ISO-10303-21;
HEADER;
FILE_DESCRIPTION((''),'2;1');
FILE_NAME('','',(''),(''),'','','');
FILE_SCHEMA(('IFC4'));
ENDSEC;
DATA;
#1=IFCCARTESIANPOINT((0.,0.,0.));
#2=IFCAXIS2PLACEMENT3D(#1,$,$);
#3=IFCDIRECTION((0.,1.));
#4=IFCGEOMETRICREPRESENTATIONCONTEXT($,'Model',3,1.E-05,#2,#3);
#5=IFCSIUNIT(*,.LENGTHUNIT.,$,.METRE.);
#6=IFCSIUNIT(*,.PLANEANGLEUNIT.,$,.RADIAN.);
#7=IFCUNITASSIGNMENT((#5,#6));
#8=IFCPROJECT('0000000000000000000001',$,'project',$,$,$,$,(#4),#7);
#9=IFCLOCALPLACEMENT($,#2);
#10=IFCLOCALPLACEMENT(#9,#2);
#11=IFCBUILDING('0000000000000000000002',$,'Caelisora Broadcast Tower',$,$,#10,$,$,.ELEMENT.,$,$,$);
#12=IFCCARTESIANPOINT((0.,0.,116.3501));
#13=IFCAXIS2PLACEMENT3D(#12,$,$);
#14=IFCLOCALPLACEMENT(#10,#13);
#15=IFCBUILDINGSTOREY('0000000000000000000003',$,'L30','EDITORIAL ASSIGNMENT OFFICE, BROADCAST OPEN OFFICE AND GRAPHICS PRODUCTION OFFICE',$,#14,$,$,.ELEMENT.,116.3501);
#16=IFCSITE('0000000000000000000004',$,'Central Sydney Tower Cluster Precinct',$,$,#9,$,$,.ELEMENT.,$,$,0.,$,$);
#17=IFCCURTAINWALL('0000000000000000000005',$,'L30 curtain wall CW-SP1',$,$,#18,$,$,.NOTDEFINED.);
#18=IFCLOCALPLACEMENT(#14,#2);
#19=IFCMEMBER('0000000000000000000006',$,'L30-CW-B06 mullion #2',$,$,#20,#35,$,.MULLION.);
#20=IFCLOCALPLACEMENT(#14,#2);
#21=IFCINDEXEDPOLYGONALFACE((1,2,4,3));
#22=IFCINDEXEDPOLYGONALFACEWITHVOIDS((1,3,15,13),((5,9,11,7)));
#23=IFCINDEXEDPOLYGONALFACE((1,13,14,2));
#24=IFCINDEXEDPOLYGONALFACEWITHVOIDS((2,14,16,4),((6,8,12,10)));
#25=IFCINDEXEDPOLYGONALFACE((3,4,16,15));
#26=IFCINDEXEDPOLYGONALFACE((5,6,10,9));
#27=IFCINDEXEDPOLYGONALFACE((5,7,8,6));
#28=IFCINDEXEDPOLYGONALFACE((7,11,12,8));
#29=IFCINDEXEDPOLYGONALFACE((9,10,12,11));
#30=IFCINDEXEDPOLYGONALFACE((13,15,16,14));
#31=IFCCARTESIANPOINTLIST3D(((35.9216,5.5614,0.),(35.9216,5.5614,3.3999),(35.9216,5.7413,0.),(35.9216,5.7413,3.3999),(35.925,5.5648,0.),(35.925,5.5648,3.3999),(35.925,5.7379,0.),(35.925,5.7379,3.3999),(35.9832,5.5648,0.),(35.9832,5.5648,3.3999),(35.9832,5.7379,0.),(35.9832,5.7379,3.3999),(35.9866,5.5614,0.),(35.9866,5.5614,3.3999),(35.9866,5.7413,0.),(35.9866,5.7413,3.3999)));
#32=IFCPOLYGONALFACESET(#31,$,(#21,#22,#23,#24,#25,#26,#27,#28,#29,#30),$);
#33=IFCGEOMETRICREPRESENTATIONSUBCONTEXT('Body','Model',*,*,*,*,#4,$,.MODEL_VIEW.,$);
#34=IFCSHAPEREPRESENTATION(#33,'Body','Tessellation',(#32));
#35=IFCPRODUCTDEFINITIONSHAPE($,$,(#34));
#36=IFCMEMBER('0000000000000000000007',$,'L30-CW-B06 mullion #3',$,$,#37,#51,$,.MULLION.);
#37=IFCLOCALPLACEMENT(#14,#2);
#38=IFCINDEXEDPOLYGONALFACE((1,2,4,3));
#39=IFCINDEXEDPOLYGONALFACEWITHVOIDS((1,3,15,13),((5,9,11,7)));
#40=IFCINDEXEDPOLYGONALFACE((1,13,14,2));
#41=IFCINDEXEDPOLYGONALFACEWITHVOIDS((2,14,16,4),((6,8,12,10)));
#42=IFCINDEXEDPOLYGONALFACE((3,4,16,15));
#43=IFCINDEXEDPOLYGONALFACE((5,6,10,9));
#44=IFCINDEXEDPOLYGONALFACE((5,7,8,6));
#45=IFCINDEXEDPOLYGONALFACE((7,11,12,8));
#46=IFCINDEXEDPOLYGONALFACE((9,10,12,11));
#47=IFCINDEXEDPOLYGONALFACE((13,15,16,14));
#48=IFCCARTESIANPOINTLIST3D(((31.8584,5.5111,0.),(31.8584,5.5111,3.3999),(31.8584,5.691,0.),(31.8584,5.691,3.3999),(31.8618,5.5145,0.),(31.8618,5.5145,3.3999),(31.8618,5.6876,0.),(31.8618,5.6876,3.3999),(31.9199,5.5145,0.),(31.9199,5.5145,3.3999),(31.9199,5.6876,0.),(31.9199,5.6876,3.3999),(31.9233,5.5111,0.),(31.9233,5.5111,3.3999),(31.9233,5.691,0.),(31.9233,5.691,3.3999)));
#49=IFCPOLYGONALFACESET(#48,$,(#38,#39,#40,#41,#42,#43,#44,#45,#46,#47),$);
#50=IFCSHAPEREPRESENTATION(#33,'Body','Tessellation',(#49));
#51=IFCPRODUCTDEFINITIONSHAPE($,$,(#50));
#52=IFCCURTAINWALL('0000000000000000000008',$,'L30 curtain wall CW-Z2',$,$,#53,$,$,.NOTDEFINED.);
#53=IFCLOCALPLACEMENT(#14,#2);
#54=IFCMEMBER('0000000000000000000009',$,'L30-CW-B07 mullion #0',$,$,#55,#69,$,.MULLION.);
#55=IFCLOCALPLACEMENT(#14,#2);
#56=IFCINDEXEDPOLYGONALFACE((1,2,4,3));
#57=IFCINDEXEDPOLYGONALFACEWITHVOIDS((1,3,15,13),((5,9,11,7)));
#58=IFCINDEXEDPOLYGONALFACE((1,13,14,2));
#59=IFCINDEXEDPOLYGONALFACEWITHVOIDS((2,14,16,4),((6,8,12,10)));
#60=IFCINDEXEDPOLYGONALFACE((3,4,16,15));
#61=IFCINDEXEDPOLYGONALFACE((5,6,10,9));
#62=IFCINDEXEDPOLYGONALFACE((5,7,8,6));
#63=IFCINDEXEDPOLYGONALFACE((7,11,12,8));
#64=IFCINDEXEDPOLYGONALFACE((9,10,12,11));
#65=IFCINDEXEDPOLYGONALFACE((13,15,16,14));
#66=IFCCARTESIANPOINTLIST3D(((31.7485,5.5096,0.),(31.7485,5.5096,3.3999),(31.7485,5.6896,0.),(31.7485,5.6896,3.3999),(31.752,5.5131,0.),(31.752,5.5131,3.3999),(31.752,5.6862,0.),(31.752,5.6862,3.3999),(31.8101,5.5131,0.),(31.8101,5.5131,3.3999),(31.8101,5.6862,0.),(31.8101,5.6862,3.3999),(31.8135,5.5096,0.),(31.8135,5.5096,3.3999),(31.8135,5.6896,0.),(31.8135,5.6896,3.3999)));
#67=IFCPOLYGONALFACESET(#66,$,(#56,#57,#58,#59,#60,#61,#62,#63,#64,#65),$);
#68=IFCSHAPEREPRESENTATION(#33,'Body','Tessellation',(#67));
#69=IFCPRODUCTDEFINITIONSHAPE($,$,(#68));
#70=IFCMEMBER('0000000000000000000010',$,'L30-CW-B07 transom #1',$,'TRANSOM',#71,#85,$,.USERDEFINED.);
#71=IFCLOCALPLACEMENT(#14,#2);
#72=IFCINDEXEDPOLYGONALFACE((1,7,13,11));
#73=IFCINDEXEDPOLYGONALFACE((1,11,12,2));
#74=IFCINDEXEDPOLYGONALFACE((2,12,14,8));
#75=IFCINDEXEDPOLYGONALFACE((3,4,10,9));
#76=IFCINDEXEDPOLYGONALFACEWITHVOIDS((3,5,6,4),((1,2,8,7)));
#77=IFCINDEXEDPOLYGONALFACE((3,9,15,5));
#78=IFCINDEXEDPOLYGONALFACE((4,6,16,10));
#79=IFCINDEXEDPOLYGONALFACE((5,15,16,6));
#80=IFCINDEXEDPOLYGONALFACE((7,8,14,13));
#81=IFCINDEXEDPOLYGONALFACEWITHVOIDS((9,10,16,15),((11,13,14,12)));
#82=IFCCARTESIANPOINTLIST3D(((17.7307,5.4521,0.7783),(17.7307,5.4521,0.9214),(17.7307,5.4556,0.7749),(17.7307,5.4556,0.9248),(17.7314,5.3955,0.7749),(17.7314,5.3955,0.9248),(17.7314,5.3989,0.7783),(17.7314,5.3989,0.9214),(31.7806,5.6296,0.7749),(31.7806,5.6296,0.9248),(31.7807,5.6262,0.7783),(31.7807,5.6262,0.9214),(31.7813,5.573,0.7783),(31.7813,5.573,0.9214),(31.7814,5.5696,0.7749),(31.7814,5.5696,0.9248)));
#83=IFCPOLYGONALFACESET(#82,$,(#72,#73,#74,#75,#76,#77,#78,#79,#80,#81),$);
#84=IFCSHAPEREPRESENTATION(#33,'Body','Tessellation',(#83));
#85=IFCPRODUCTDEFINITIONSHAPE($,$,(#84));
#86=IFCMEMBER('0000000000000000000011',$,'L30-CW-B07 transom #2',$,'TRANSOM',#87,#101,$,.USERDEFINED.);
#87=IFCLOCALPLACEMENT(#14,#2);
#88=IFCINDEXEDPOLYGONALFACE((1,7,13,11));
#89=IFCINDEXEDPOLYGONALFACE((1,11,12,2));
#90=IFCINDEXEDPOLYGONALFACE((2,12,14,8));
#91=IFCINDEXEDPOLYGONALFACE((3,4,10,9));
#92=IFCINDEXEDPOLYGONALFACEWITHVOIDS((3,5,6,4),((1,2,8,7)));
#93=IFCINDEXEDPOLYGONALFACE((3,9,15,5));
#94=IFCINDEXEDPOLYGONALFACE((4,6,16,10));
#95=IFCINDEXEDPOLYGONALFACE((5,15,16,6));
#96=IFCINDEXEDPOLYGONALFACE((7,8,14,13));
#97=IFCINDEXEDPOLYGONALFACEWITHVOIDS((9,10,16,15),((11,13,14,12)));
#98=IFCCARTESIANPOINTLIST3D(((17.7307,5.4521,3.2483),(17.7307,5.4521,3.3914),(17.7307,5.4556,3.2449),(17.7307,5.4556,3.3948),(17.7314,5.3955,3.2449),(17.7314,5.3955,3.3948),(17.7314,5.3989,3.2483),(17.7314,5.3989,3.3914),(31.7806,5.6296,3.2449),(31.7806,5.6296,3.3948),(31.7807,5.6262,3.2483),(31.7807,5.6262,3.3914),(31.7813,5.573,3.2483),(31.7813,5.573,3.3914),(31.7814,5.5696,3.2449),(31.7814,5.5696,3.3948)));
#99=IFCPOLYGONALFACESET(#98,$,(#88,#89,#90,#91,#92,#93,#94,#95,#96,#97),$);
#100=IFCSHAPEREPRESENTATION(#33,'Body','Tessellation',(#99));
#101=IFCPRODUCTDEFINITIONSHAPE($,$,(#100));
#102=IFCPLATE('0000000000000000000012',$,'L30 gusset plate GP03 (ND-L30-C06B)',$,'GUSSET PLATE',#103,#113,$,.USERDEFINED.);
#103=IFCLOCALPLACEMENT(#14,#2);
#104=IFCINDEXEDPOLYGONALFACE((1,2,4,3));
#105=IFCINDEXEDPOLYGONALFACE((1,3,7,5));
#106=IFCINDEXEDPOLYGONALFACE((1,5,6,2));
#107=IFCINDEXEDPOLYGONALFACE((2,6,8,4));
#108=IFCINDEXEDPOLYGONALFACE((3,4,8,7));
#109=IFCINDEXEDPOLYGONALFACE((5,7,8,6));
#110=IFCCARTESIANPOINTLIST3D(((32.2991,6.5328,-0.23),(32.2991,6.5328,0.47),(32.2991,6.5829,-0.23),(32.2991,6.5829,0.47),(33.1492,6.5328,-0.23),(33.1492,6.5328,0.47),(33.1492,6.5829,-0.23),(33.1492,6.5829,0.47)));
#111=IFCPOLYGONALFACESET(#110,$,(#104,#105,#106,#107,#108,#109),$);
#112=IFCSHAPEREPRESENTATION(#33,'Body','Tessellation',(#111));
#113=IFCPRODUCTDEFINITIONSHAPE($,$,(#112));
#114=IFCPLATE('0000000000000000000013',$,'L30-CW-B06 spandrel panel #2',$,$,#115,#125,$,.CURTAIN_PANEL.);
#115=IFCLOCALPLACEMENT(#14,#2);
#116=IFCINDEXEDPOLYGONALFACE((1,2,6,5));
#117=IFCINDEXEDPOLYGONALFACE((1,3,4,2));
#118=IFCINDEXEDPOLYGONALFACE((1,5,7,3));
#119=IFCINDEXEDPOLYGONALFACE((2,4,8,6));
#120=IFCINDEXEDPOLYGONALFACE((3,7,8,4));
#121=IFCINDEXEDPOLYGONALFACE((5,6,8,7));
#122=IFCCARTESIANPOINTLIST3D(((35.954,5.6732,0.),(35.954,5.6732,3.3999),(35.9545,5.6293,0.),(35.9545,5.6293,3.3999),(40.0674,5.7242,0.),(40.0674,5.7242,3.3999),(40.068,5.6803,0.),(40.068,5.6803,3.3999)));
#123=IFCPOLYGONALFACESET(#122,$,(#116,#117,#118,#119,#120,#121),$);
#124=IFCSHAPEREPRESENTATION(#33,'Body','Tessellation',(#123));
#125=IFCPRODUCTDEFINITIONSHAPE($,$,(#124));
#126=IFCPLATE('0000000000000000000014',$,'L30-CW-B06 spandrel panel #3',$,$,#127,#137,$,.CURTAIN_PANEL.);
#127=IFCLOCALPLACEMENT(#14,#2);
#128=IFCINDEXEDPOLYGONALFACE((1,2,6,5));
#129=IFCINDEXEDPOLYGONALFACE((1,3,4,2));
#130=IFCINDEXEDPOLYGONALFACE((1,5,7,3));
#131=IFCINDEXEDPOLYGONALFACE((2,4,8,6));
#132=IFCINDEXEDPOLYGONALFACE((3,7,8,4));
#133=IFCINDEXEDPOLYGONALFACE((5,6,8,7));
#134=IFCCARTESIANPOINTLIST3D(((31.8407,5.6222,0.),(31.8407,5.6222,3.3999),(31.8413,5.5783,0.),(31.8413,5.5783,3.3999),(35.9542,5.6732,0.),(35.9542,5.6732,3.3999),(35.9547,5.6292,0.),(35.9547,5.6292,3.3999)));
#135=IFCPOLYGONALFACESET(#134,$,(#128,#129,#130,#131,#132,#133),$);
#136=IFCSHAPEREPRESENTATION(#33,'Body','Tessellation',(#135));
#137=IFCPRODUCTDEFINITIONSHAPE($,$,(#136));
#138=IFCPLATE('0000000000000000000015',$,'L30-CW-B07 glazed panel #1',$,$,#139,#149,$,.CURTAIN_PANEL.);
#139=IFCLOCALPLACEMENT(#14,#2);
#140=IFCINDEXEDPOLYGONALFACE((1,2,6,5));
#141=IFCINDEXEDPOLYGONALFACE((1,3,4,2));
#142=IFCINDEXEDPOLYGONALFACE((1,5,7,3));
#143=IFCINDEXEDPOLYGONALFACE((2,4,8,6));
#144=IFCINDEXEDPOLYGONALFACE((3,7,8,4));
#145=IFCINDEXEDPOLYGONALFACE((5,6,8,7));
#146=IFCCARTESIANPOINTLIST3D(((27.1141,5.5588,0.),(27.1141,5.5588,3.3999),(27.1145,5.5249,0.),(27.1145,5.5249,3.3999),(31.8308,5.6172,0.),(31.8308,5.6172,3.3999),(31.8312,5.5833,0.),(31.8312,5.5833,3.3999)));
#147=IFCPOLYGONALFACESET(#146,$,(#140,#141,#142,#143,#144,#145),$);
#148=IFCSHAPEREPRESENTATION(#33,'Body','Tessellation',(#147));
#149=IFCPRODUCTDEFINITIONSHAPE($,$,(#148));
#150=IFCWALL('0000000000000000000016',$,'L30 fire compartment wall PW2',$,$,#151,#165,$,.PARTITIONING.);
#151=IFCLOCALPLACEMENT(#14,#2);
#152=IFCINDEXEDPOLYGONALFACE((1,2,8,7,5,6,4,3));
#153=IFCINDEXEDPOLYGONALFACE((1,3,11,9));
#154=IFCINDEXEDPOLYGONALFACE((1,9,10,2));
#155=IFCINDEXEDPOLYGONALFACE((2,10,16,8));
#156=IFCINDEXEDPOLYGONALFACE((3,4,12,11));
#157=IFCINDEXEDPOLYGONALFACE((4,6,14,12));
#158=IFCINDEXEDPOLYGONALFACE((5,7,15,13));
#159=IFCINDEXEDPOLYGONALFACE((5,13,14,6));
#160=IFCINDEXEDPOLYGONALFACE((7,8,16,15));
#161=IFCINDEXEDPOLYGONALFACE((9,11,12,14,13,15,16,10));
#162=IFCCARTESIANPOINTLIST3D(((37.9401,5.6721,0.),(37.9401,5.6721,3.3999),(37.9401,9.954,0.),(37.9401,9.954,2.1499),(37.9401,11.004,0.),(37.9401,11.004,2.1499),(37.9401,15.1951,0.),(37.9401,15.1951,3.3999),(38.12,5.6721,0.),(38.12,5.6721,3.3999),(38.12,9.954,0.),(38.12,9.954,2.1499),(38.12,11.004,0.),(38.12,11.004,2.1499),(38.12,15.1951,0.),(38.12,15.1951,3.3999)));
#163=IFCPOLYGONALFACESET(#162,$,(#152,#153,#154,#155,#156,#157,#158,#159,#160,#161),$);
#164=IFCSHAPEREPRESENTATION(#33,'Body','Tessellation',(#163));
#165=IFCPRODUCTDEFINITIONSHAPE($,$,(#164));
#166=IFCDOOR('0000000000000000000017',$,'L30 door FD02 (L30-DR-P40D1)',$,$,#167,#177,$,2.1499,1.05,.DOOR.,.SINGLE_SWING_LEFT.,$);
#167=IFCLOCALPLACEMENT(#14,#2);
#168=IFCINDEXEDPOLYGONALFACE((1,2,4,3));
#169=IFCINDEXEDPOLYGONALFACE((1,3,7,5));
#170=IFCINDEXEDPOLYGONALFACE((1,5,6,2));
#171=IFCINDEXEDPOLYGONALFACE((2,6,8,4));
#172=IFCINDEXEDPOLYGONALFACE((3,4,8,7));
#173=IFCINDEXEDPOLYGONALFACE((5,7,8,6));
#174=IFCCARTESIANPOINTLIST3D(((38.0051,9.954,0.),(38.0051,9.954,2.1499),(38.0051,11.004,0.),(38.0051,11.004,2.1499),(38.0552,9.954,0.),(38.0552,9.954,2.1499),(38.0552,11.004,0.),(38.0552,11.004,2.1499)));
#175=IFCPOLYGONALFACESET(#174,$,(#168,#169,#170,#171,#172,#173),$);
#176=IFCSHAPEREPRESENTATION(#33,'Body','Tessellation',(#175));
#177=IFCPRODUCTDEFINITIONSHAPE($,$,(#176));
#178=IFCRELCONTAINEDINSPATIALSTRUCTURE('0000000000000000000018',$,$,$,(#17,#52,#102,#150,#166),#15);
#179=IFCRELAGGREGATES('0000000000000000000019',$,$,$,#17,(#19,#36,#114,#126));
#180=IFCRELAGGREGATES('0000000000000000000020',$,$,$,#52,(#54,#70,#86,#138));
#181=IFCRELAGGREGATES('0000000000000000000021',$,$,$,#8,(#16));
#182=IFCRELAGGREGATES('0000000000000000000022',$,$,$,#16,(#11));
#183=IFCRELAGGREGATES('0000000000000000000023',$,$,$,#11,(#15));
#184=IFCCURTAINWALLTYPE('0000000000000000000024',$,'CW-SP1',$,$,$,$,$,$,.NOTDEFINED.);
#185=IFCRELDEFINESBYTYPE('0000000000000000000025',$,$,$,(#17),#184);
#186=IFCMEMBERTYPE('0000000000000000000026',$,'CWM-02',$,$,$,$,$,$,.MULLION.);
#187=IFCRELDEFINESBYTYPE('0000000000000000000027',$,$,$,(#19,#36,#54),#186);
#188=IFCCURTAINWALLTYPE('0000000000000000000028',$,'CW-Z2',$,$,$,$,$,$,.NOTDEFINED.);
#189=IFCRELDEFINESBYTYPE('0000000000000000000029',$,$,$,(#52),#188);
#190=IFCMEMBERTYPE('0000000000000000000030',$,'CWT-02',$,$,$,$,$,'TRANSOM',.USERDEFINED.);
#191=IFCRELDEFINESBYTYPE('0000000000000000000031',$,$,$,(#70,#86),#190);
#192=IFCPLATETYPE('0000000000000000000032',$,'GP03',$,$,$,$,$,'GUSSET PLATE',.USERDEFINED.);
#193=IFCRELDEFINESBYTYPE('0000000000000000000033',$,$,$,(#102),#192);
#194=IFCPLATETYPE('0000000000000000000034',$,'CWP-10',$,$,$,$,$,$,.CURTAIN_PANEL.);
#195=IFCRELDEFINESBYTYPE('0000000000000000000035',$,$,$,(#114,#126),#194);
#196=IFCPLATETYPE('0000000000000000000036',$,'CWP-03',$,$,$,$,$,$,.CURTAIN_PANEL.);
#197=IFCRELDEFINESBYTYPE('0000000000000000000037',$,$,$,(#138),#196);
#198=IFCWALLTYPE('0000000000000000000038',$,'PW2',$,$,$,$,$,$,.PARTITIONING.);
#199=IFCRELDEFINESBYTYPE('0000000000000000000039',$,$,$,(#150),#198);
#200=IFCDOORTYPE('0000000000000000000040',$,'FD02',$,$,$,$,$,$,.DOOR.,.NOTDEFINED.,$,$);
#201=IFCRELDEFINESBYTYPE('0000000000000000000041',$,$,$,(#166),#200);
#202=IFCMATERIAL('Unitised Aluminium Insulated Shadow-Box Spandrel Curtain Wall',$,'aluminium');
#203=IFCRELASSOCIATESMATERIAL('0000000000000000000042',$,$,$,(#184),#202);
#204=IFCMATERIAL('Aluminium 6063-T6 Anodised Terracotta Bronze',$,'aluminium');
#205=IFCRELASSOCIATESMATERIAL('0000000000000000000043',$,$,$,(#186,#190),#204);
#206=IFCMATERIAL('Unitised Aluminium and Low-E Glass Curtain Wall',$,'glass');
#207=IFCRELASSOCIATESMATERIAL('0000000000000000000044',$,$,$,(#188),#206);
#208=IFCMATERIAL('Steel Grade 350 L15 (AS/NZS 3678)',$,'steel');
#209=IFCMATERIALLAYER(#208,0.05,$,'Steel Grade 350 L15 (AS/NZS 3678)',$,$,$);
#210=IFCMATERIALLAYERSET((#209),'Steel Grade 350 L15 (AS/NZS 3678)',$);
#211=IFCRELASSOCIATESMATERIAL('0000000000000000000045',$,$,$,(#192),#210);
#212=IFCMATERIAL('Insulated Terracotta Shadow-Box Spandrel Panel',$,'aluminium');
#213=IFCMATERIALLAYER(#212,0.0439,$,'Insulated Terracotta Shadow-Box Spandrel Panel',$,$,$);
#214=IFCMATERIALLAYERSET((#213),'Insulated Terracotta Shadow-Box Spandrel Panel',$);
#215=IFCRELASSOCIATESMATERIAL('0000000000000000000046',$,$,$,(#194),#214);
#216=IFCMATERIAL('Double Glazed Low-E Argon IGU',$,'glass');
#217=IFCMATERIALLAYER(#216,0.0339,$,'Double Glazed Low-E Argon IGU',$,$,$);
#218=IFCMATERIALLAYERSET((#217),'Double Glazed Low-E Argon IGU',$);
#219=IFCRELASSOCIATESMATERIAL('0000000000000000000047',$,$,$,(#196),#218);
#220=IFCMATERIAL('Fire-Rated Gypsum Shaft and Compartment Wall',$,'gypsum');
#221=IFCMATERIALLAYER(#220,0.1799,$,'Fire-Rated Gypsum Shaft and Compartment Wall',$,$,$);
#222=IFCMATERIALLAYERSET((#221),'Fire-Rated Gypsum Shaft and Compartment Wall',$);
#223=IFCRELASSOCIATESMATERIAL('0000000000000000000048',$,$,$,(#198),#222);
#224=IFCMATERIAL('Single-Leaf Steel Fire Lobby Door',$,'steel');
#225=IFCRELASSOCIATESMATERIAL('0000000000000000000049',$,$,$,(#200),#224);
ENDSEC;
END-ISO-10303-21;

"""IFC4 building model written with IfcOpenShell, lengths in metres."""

from ifc_helpers import new_model, si_unit, direction, frame, frame_2d, origin, origin_2d, place, context, subcontext, project, spatial, rectangle, hollow_rectangle, extrude, source, transform, mapped, material, layer, layer_set, material_profile, profile_set, type_object, type_shapes, element, fill, aggregate, save


model = new_model("IFC4")

# Units and contexts
model_context = context("Model", 3, precision=1e-05, world=origin(), true_north=direction((0.0, 1.0)))
body_context = subcontext(model_context, "Body", "Model", "MODEL_VIEW")
ifc_project = project(units=[si_unit("LENGTHUNIT", "METRE"), si_unit("PLANEANGLEUNIT", "RADIAN")], contexts=[model_context])

# Site, building, storey
site_placement = place(None, origin())
site = spatial("IfcSite", under=ifc_project, at=site_placement, Name="Central Sydney Tower Cluster Precinct", CompositionType="ELEMENT", RefElevation=0.0)
building_placement = place(site_placement, origin())
building = spatial("IfcBuilding", under=site, at=building_placement, Name="Caelisora Broadcast Tower", CompositionType="ELEMENT")
storey_placement = place(building_placement, frame((0.0, 0.0, 116.3501)))
storey = spatial("IfcBuildingStorey", under=building, at=storey_placement, Name="L30", Description="EDITORIAL ASSIGNMENT OFFICE, BROADCAST OPEN OFFICE AND GRAPHICS PRODUCTION OFFICE", CompositionType="ELEMENT", Elevation=116.3501)

# Shared definitions
ifc_material_1 = material(Name="Steel Grade 350 L15 (AS/NZS 3678)", Category="steel")

# Curtain walls, members
ifc_material_2 = material(Name="Unitised Aluminium Insulated Shadow-Box Spandrel Curtain Wall", Category="aluminium")
curtain_wall_type_1 = type_object("IfcCurtainWallType", Name="CW-SP1", PredefinedType="NOTDEFINED", material=ifc_material_2)
curtain_wall_1_placement = place(storey_placement, origin())
curtain_wall_1 = element("IfcCurtainWall", 1, at=curtain_wall_1_placement, inside=storey, type_object=curtain_wall_type_1, Name="L30 curtain wall CW-SP1", PredefinedType="NOTDEFINED")
ifc_material_3 = material(Name="Aluminium 6063-T6 Anodised Terracotta Bronze", Category="aluminium")
ifc_material_profile_1 = material_profile(ifc_material_3, hollow_rectangle(XDim=0.0649, YDim=0.1799, WallThickness=0.0034, at=origin_2d()), Name="Aluminium 6063-T6 Anodised Terracotta Bronze")
ifc_profile_set_1 = profile_set([ifc_material_profile_1], Name="Aluminium 6063-T6 Anodised Terracotta Bronze")
member_type_1 = type_object("IfcMemberType", Name="CWM-02", PredefinedType="MULLION", material=ifc_profile_set_1)
shared_shape_1 = source(origin(), body_context, "Body", "SweptSolid", [
    extrude(hollow_rectangle(XDim=0.0649, YDim=0.1799, WallThickness=0.0034, at=origin_2d()), origin(), (0.0, 0.0, 1.0), 3.3999),
])
type_shapes(member_type_1, [shared_shape_1])
member_1_placement = place(storey_placement, frame((35.9541, 5.6514, 0.0), z_axis=(0.0, 0.0, 1.0), x_axis=(1.0, 0.0, 0.0)))
member_1 = element("IfcMember", 2, at=member_1_placement, type_object=member_type_1, Name="L30-CW-B06 mullion #2", PredefinedType="MULLION", context=body_context, shape_type="MappedRepresentation", body=[
    mapped(shared_shape_1, transform((0.0, 0.0, 0.0), scale=1.0)),
])
member_2_placement = place(storey_placement, frame((31.8909, 5.6011, 0.0), z_axis=(0.0, 0.0, 1.0), x_axis=(1.0, 0.0, 0.0)))
member_2 = element("IfcMember", 3, at=member_2_placement, type_object=member_type_1, Name="L30-CW-B06 mullion #3", PredefinedType="MULLION", context=body_context, shape_type="MappedRepresentation", body=[
    mapped(shared_shape_1, transform((0.0, 0.0, 0.0), scale=1.0)),
])
ifc_material_4 = material(Name="Unitised Aluminium and Low-E Glass Curtain Wall", Category="glass")
curtain_wall_type_2 = type_object("IfcCurtainWallType", Name="CW-Z2", PredefinedType="NOTDEFINED", material=ifc_material_4)
curtain_wall_2_placement = place(storey_placement, origin())
curtain_wall_2 = element("IfcCurtainWall", 4, at=curtain_wall_2_placement, inside=storey, type_object=curtain_wall_type_2, Name="L30 curtain wall CW-Z2", PredefinedType="NOTDEFINED")
member_3_placement = place(storey_placement, frame((31.781, 5.5996, 0.0), z_axis=(0.0, 0.0, 1.0), x_axis=(1.0, 0.0, 0.0)))
member_3 = element("IfcMember", 5, at=member_3_placement, type_object=member_type_1, Name="L30-CW-B07 mullion #0", PredefinedType="MULLION", context=body_context, shape_type="MappedRepresentation", body=[
    mapped(shared_shape_1, transform((0.0, 0.0, 0.0), scale=1.0)),
])
ifc_material_profile_2 = material_profile(ifc_material_3, hollow_rectangle(XDim=0.0601, YDim=0.1499, WallThickness=0.0034, at=origin_2d()), Name="Aluminium 6063-T6 Anodised Terracotta Bronze")
ifc_profile_set_2 = profile_set([ifc_material_profile_2], Name="Aluminium 6063-T6 Anodised Terracotta Bronze")
member_type_2 = type_object("IfcMemberType", Name="CWT-02", ElementType="TRANSOM", PredefinedType="USERDEFINED", material=ifc_profile_set_2)
shared_shape_2 = source(origin(), body_context, "Body", "SweptSolid", [
    extrude(hollow_rectangle(XDim=0.0601, YDim=0.1499, WallThickness=0.0034, at=origin_2d()), origin(), (0.0, 0.0, 1.0), 14.051),
])
type_shapes(member_type_2, [shared_shape_2])
member_4_placement = place(storey_placement, frame((31.781, 5.5996, 0.8499), z_axis=(-0.999923, -0.012388, 0.0), x_axis=(0.012388, -0.999923, 0.0)))
member_4 = element("IfcMember", 6, at=member_4_placement, type_object=member_type_2, Name="L30-CW-B07 transom #1", ObjectType="TRANSOM", PredefinedType="USERDEFINED", context=body_context, shape_type="MappedRepresentation", body=[
    mapped(shared_shape_2, transform((0.0, 0.0, 0.0), scale=1.0)),
])
member_5_placement = place(storey_placement, frame((31.781, 5.5996, 3.3198), z_axis=(-0.999923, -0.012388, 0.0), x_axis=(0.012388, -0.999923, 0.0)))
member_5 = element("IfcMember", 7, at=member_5_placement, type_object=member_type_2, Name="L30-CW-B07 transom #2", ObjectType="TRANSOM", PredefinedType="USERDEFINED", context=body_context, shape_type="MappedRepresentation", body=[
    mapped(shared_shape_2, transform((0.0, 0.0, 0.0), scale=1.0)),
])

# Plates
ifc_layer_1 = layer(ifc_material_1, 0.05, Name="Steel Grade 350 L15 (AS/NZS 3678)")
ifc_layer_set_1 = layer_set([ifc_layer_1], Name="Steel Grade 350 L15 (AS/NZS 3678)")
plate_type_1 = type_object("IfcPlateType", Name="GP03", ElementType="GUSSET PLATE", PredefinedType="USERDEFINED", material=ifc_layer_set_1)
shared_shape_3 = source(origin(), body_context, "Body", "SweptSolid", [
    extrude(rectangle(XDim=0.8501, YDim=0.05, at=origin_2d()), origin(), (0.0, 0.0, 1.0), 0.7),
])
type_shapes(plate_type_1, [shared_shape_3])
plate_1_placement = place(storey_placement, frame((32.7241, 6.5579, -0.23), z_axis=(0.0, 0.0, 1.0), x_axis=(1.0, 0.0, 0.0)))
element("IfcPlate", 8, at=plate_1_placement, inside=storey, type_object=plate_type_1, Name="L30 gusset plate GP03 (ND-L30-C06B)", ObjectType="GUSSET PLATE", PredefinedType="USERDEFINED", context=body_context, shape_type="MappedRepresentation", body=[
    mapped(shared_shape_3, transform((0.0, 0.0, 0.0), scale=1.0)),
])
ifc_material_5 = material(Name="Insulated Terracotta Shadow-Box Spandrel Panel", Category="aluminium")
ifc_layer_2 = layer(ifc_material_5, 0.0439, Name="Insulated Terracotta Shadow-Box Spandrel Panel")
ifc_layer_set_2 = layer_set([ifc_layer_2], Name="Insulated Terracotta Shadow-Box Spandrel Panel")
plate_type_2 = type_object("IfcPlateType", Name="CWP-10", PredefinedType="CURTAIN_PANEL", material=ifc_layer_set_2)
shared_shape_4 = source(origin(), body_context, "Body", "SweptSolid", [
    extrude(rectangle(XDim=4.1138, YDim=0.0439, at=origin_2d()), origin(), (0.0, 0.0, 1.0), 3.3999),
])
type_shapes(plate_type_2, [shared_shape_4])
plate_2_placement = place(storey_placement, frame((38.011, 5.6768, 0.0), z_axis=(0.0, 0.0, 1.0), x_axis=(-0.999923, -0.012392, 0.0)))
plate_2 = element("IfcPlate", 9, at=plate_2_placement, type_object=plate_type_2, Name="L30-CW-B06 spandrel panel #2", PredefinedType="CURTAIN_PANEL", context=body_context, shape_type="MappedRepresentation", body=[
    mapped(shared_shape_4, transform((0.0, 0.0, 0.0), scale=1.0)),
])
plate_3_placement = place(storey_placement, frame((33.8977, 5.6257, 0.0), z_axis=(0.0, 0.0, 1.0), x_axis=(-0.999923, -0.012392, 0.0)))
plate_3 = element("IfcPlate", 10, at=plate_3_placement, type_object=plate_type_2, Name="L30-CW-B06 spandrel panel #3", PredefinedType="CURTAIN_PANEL", context=body_context, shape_type="MappedRepresentation", body=[
    mapped(shared_shape_4, transform((0.0, 0.0, 0.0), scale=1.0)),
])
aggregate(curtain_wall_1, [member_1, member_2, plate_2, plate_3])
ifc_material_6 = material(Name="Double Glazed Low-E Argon IGU", Category="glass")
ifc_layer_3 = layer(ifc_material_6, 0.0339, Name="Double Glazed Low-E Argon IGU")
ifc_layer_set_3 = layer_set([ifc_layer_3], Name="Double Glazed Low-E Argon IGU")
plate_type_3 = type_object("IfcPlateType", Name="CWP-03", PredefinedType="CURTAIN_PANEL", material=ifc_layer_set_3)
shared_shape_5 = source(origin(), body_context, "Body", "SweptSolid", [
    extrude(rectangle(XDim=4.717, YDim=0.0339, at=origin_2d()), origin(), (0.0, 0.0, 1.0), 3.3999),
])
type_shapes(plate_type_3, [shared_shape_5])
plate_4_placement = place(storey_placement, frame((29.4727, 5.571, 0.0), z_axis=(0.0, 0.0, 1.0), x_axis=(-0.999923, -0.012392, 0.0)))
plate_4 = element("IfcPlate", 11, at=plate_4_placement, type_object=plate_type_3, Name="L30-CW-B07 glazed panel #1", PredefinedType="CURTAIN_PANEL", context=body_context, shape_type="MappedRepresentation", body=[
    mapped(shared_shape_5, transform((0.0, 0.0, 0.0), scale=1.0)),
])
aggregate(curtain_wall_2, [member_3, member_4, member_5, plate_4])

# Wall, opening, door
ifc_material_7 = material(Name="Fire-Rated Gypsum Shaft and Compartment Wall", Category="gypsum")
ifc_layer_4 = layer(ifc_material_7, 0.1799, Name="Fire-Rated Gypsum Shaft and Compartment Wall")
ifc_layer_set_4 = layer_set([ifc_layer_4], Name="Fire-Rated Gypsum Shaft and Compartment Wall")
wall_type_1 = type_object("IfcWallType", Name="PW2", PredefinedType="PARTITIONING", material=ifc_layer_set_4)
wall_1_placement = place(storey_placement, frame((38.03, 5.6721, 0.0), z_axis=(0.0, 0.0, 1.0), x_axis=(0.0, 1.0, 0.0)))
wall_1 = element("IfcWall", 12, at=wall_1_placement, inside=storey, type_object=wall_type_1, Name="L30 fire compartment wall PW2", PredefinedType="PARTITIONING", context=body_context, shape_type="SweptSolid", body=[
    extrude(rectangle(XDim=9.5229, YDim=0.1799, at=frame_2d((4.7615, 0.0))), origin(), (0.0, 0.0, 1.0), 3.3999),
])
opening_placement = place(wall_1_placement, frame((4.282, 0.0, 0.0)))
opening = element("IfcOpeningElement", 13, at=opening_placement, cuts=wall_1, PredefinedType="OPENING", context=body_context, shape_type="SweptSolid", body=[
    extrude(rectangle(XDim=1.05, YDim=2.1499, at=frame_2d((0.5249, 1.075))), frame((0.0, 0.1021, 0.0), z_axis=(0.0, -1.0, 0.0), x_axis=(1.0, 0.0, 0.0)), (0.0, 0.0, 1.0), 0.2039),
])
ifc_material_8 = material(Name="Single-Leaf Steel Fire Lobby Door", Category="steel")
door_type = type_object("IfcDoorType", Name="FD02", OperationType="NOTDEFINED", PredefinedType="DOOR", material=ifc_material_8)
door_placement = place(opening_placement, origin())
door = element("IfcDoor", 14, at=door_placement, inside=storey, type_object=door_type, Name="L30 door FD02 (L30-DR-P40D1)", OperationType="SINGLE_SWING_LEFT", OverallHeight=2.1499, OverallWidth=1.05, PredefinedType="DOOR", context=body_context, shape_type="SweptSolid", body=[
    extrude(rectangle(XDim=1.05, YDim=2.1499, at=frame_2d((0.5249, 1.075))), frame((0.0, 0.0249, 0.0), z_axis=(0.0, -1.0, 0.0), x_axis=(1.0, 0.0, 0.0)), (0.0, 0.0, 1.0), 0.05),
])
fill(opening, door)

save(model, "model.ifc")
